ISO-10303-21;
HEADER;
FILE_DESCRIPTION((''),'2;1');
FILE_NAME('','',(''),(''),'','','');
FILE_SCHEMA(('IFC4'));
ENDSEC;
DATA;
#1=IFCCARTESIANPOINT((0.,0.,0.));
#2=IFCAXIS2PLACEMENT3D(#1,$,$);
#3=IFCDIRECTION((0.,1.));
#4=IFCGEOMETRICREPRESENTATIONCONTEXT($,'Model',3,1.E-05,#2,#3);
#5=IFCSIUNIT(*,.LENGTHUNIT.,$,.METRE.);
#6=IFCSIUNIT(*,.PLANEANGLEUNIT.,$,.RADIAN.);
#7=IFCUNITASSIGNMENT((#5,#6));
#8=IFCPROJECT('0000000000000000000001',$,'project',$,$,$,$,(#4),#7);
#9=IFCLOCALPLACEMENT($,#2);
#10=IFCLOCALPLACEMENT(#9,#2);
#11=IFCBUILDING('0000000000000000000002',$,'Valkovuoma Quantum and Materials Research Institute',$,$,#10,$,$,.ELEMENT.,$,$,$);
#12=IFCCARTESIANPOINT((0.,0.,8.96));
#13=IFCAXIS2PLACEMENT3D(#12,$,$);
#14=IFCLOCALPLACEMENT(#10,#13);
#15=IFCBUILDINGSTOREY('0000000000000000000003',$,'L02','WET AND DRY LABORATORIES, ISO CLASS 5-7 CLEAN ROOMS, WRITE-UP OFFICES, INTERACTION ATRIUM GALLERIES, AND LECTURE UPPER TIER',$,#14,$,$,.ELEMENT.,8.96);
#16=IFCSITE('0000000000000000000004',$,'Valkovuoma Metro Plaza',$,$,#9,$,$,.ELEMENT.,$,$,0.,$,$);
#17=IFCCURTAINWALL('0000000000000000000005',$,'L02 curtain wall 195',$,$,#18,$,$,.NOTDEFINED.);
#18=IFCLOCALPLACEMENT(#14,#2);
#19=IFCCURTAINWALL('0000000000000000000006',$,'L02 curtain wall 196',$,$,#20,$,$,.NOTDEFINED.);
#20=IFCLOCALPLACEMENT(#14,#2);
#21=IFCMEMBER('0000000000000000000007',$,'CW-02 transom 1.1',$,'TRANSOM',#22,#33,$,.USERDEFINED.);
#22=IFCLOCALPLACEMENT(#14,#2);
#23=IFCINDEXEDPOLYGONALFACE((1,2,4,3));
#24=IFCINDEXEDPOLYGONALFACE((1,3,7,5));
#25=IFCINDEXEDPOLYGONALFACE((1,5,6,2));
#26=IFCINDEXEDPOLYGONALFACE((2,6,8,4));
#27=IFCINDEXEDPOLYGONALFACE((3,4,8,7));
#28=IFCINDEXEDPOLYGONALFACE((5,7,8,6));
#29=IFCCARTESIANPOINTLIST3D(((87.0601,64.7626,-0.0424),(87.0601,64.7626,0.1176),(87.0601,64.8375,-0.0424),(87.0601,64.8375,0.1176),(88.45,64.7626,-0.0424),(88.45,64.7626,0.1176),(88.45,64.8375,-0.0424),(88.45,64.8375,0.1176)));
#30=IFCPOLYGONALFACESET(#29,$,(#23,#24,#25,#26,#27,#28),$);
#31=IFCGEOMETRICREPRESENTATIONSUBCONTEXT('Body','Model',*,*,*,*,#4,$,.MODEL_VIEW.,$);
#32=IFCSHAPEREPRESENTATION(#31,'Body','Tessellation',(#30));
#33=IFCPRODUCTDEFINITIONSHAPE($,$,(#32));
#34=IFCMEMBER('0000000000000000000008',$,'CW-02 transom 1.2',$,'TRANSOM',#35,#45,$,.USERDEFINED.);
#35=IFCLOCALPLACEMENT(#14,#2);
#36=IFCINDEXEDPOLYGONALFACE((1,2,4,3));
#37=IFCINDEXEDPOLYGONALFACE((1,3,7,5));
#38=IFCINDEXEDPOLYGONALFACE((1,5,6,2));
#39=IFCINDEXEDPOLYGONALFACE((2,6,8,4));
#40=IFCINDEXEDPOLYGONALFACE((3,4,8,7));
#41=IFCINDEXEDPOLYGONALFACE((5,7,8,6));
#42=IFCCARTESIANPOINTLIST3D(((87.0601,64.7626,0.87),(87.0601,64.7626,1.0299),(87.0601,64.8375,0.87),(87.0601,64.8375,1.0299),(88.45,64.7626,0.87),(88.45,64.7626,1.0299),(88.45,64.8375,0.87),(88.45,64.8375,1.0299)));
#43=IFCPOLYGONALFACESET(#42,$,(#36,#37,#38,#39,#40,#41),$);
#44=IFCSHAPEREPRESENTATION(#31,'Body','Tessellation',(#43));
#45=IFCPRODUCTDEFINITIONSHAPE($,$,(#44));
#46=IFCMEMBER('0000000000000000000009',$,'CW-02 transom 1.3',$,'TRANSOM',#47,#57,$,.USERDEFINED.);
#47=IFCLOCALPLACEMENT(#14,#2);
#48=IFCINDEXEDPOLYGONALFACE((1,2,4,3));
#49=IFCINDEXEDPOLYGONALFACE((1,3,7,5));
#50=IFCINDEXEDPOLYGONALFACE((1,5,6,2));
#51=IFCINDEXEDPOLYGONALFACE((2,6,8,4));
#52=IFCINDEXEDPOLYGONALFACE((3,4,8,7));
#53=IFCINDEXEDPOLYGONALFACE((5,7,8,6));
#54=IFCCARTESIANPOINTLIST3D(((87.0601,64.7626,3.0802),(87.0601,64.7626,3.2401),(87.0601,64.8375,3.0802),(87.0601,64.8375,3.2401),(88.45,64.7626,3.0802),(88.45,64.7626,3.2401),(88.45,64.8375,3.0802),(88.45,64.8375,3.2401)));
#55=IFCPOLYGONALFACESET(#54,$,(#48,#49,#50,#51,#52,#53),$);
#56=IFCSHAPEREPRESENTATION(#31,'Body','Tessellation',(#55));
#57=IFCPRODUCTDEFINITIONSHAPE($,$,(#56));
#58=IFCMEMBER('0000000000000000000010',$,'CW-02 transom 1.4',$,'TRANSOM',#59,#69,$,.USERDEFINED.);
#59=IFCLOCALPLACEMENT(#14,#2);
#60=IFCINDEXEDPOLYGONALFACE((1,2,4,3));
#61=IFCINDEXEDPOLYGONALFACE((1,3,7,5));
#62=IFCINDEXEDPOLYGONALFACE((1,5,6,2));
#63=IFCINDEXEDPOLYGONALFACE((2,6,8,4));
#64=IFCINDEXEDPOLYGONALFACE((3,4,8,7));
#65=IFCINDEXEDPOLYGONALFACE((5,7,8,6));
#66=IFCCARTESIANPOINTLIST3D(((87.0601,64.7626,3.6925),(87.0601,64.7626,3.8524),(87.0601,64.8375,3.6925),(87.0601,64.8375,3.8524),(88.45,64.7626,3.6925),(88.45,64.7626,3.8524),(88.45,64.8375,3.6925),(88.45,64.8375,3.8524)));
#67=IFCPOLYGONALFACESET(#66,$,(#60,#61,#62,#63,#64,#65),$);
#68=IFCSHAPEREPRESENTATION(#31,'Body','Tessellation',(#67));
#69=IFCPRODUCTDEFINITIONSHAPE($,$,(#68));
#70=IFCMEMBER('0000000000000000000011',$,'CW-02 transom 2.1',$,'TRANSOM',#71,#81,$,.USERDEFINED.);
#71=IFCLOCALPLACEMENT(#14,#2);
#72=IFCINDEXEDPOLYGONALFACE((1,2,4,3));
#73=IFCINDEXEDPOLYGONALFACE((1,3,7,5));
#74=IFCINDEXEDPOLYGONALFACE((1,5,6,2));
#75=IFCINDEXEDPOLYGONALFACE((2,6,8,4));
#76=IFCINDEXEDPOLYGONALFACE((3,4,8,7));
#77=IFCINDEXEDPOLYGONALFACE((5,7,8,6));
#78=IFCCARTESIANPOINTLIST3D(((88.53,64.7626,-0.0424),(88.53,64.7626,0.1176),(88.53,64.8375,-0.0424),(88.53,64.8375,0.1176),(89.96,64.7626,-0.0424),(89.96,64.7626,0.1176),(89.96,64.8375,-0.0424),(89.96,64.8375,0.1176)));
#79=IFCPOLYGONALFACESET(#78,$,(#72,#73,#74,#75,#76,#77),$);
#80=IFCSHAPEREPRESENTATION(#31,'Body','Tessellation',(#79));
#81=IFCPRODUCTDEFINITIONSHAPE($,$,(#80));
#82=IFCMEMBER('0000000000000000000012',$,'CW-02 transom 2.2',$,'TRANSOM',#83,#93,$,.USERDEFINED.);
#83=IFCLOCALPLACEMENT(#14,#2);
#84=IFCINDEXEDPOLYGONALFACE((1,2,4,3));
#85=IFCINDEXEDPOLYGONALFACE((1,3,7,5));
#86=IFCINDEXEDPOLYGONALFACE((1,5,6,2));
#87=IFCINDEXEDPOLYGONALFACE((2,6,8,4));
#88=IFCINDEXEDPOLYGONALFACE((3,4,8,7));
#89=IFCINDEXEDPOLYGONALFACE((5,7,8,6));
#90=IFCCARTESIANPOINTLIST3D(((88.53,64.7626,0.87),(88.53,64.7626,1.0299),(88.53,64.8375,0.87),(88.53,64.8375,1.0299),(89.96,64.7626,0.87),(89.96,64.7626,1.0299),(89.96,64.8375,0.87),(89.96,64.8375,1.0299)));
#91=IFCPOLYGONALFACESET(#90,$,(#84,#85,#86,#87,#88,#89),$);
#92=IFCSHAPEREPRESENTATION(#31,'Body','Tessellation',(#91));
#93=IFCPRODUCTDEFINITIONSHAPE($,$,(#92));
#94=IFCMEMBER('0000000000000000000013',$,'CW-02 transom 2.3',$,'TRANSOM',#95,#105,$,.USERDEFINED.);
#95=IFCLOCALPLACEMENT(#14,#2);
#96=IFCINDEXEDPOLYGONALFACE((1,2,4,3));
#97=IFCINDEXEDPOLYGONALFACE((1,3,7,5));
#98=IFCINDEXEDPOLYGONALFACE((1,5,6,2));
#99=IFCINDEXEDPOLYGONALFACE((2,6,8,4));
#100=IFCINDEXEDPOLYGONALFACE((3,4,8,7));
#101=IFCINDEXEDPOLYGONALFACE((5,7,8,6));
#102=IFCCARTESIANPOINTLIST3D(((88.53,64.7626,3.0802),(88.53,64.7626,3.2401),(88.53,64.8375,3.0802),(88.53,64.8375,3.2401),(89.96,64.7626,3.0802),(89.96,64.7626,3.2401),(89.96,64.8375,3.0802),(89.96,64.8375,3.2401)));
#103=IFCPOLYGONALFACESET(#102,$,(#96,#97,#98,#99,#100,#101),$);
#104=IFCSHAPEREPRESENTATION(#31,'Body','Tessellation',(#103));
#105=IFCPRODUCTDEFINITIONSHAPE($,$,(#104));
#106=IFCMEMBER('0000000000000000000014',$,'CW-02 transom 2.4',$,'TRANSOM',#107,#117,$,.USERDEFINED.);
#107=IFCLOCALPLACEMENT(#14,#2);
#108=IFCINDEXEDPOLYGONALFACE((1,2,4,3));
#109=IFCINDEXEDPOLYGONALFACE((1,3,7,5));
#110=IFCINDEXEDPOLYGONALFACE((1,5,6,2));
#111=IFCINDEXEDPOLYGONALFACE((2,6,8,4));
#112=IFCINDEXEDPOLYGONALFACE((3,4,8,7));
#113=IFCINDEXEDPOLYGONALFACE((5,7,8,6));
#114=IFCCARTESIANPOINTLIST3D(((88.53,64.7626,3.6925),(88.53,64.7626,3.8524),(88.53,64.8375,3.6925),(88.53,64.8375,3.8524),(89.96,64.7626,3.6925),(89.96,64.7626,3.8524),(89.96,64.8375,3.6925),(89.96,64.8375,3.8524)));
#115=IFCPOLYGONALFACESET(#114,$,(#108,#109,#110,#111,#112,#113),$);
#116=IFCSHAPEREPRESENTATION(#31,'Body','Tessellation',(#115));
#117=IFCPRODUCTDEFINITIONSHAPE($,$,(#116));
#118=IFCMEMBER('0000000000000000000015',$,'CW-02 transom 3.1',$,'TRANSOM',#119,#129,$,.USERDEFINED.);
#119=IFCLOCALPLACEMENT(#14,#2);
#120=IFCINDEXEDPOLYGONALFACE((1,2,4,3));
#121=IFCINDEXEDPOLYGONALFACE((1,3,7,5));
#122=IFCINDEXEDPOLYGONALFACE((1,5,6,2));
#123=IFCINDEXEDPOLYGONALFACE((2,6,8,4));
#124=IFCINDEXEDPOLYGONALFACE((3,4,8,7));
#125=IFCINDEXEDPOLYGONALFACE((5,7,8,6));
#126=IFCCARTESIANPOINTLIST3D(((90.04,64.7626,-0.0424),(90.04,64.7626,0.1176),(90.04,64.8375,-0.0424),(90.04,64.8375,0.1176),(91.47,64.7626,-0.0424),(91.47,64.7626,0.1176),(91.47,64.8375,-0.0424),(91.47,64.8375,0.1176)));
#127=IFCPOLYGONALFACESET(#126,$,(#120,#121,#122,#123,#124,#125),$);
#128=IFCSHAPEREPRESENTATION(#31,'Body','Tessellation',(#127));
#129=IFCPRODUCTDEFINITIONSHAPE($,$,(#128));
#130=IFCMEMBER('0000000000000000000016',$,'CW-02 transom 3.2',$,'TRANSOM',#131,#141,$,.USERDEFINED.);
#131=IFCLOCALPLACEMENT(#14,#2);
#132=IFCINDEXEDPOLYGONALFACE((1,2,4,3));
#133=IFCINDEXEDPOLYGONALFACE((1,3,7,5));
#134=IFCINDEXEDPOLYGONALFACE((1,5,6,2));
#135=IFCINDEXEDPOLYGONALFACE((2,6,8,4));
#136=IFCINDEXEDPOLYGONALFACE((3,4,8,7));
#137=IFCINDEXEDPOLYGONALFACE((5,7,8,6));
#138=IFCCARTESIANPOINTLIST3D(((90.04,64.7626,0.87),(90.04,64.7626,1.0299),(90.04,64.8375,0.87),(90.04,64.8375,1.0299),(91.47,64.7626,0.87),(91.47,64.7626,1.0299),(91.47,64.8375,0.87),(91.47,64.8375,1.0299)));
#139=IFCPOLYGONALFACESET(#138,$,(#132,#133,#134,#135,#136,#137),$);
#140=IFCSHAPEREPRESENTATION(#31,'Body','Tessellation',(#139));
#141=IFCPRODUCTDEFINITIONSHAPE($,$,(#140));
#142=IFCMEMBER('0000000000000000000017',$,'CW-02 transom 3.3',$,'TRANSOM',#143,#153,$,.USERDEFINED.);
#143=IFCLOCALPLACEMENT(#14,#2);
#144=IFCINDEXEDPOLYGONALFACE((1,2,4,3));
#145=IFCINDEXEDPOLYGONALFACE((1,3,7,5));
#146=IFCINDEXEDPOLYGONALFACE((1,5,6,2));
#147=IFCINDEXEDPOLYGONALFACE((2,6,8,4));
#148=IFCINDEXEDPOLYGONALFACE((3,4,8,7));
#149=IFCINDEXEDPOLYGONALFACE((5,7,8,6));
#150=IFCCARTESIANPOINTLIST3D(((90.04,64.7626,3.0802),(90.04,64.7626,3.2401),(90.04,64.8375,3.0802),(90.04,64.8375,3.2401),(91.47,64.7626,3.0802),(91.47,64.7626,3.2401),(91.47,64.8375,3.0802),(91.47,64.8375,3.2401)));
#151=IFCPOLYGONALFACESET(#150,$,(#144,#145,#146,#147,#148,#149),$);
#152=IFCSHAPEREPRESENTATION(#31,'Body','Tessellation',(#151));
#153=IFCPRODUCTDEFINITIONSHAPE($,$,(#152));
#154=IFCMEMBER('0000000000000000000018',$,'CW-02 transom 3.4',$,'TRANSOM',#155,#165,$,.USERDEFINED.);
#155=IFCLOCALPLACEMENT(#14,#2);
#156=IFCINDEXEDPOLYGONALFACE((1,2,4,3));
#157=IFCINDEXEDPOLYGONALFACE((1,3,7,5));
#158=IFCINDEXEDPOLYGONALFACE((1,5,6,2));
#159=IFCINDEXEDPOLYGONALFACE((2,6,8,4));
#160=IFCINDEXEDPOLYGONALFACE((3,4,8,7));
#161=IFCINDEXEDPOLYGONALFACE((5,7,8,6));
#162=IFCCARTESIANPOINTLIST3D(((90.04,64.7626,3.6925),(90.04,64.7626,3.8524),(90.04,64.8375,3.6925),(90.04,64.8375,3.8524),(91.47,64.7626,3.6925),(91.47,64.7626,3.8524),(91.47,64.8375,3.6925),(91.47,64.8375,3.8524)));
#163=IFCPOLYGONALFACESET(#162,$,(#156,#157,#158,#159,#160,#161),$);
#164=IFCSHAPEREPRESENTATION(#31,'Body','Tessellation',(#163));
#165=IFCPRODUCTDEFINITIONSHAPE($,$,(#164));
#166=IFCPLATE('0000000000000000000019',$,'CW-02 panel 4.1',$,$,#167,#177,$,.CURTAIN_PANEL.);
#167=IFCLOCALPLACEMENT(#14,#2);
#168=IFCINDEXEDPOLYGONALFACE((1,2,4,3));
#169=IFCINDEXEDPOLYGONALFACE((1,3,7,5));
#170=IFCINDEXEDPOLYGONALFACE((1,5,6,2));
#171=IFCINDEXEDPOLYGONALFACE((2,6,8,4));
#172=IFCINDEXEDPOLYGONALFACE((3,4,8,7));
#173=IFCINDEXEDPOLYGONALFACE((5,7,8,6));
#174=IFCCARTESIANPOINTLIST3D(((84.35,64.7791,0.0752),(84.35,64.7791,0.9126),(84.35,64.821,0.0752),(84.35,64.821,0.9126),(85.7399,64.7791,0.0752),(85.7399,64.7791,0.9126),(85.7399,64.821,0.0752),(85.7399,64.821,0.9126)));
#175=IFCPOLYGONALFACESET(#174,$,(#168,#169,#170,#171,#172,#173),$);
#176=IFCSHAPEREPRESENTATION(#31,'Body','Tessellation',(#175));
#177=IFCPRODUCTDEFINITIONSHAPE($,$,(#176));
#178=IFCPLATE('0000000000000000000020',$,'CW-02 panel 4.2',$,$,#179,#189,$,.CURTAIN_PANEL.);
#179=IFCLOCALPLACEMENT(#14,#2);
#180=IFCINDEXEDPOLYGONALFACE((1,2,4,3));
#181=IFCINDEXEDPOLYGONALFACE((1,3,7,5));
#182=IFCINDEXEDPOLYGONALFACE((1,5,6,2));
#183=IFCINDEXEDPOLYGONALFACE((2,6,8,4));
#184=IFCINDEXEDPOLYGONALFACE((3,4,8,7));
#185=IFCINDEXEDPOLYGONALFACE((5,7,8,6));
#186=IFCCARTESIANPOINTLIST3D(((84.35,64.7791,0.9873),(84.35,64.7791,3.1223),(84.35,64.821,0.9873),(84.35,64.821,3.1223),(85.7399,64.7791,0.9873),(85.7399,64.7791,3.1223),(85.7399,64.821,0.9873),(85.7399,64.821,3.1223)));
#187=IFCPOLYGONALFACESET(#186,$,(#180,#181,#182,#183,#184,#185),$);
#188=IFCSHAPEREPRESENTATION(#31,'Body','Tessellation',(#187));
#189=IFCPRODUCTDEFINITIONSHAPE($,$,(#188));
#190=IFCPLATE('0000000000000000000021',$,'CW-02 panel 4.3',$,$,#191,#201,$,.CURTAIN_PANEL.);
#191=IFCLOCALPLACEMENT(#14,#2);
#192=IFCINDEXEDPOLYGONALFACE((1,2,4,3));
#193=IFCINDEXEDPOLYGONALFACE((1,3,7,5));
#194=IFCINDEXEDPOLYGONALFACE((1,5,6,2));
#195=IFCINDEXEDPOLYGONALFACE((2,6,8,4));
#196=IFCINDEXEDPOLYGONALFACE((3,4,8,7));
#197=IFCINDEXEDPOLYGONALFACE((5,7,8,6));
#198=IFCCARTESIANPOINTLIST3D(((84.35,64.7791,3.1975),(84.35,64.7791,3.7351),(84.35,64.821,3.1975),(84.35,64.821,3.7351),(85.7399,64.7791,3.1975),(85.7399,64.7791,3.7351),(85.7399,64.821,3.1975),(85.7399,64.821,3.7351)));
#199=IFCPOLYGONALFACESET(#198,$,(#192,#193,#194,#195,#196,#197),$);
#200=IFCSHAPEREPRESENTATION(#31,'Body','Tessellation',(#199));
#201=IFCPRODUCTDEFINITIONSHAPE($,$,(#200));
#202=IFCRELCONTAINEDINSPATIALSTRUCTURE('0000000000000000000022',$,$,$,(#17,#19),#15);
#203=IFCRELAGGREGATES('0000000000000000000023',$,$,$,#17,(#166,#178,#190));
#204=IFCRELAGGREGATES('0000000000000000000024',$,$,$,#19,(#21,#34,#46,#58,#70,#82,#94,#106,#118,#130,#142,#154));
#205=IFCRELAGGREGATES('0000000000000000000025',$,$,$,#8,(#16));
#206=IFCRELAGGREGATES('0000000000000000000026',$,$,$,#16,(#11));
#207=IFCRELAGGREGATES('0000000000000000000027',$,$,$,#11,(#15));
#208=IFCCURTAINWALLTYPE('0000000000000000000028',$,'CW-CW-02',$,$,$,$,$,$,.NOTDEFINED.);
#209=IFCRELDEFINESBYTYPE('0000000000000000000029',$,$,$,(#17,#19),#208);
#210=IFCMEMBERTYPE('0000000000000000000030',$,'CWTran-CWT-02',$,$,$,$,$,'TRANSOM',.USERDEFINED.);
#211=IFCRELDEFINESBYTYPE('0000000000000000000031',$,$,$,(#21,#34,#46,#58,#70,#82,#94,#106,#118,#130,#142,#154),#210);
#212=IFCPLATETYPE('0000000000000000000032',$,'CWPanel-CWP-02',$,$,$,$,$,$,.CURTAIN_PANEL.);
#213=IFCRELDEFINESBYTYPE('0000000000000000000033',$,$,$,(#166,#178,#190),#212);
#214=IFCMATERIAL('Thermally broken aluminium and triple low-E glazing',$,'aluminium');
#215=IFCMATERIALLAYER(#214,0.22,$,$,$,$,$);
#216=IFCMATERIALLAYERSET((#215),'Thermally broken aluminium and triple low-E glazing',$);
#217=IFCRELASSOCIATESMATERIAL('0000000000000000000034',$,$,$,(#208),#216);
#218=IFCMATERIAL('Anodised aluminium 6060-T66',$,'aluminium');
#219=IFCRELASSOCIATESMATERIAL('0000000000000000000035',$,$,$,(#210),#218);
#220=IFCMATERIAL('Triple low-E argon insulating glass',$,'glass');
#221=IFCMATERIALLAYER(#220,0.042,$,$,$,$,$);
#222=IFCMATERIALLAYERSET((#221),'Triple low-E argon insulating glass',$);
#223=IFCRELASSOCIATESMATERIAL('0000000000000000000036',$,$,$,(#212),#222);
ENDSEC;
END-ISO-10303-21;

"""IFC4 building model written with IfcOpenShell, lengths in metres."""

from ifc_helpers import new_model, si_unit, direction, frame, origin, origin_2d, place, context, subcontext, project, spatial, rectangle, extrude, material, layer, layer_set, material_profile, profile_set, type_object, element, aggregate, save


model = new_model("IFC4")

# Units and contexts
model_context = context("Model", 3, precision=1e-05, world=origin(), true_north=direction((0.0, 1.0)))
body_context = subcontext(model_context, "Body", "Model", "MODEL_VIEW")
ifc_project = project(units=[si_unit("LENGTHUNIT", "METRE"), si_unit("PLANEANGLEUNIT", "RADIAN")], contexts=[model_context])

# Site, building, storey
site_placement = place(None, origin())
site = spatial("IfcSite", under=ifc_project, at=site_placement, Name="Valkovuoma Metro Plaza", CompositionType="ELEMENT", RefElevation=0.0)
building_placement = place(site_placement, origin())
building = spatial("IfcBuilding", under=site, at=building_placement, Name="Valkovuoma Quantum and Materials Research Institute", CompositionType="ELEMENT")
storey_placement = place(building_placement, frame((0.0, 0.0, 8.96)))
storey = spatial("IfcBuildingStorey", under=building, at=storey_placement, Name="L02", Description="WET AND DRY LABORATORIES, ISO CLASS 5-7 CLEAN ROOMS, WRITE-UP OFFICES, INTERACTION ATRIUM GALLERIES, AND LECTURE UPPER TIER", CompositionType="ELEMENT", Elevation=8.96)

# Curtain wall
ifc_material_1 = material(Name="Thermally broken aluminium and triple low-E glazing", Category="aluminium")
ifc_layer_1 = layer(ifc_material_1, 0.22)
ifc_layer_set_1 = layer_set([ifc_layer_1], Name="Thermally broken aluminium and triple low-E glazing")
curtain_wall_type = type_object("IfcCurtainWallType", Name="CW-CW-02", PredefinedType="NOTDEFINED", material=ifc_layer_set_1)
curtain_wall_1_placement = place(storey_placement, origin())
curtain_wall_1 = element("IfcCurtainWall", 1, at=curtain_wall_1_placement, inside=storey, type_object=curtain_wall_type, Name="L02 curtain wall 195", PredefinedType="NOTDEFINED")

# Curtain wall
curtain_wall_2_placement = place(storey_placement, origin())
curtain_wall_2 = element("IfcCurtainWall", 2, at=curtain_wall_2_placement, inside=storey, type_object=curtain_wall_type, Name="L02 curtain wall 196", PredefinedType="NOTDEFINED")

# Members
ifc_material_2 = material(Name="Anodised aluminium 6060-T66", Category="aluminium")
ifc_material_profile_1 = material_profile(ifc_material_2, rectangle(XDim=0.075, YDim=0.1599, at=origin_2d()), Name="Anodised aluminium 6060-T66")
ifc_profile_set_1 = profile_set([ifc_material_profile_1], Name="Anodised aluminium 6060-T66")
member_type_1 = type_object("IfcMemberType", Name="CWTran-CWT-02", ElementType="TRANSOM", PredefinedType="USERDEFINED", material=ifc_profile_set_1)
member_1_placement = place(storey_placement, frame((87.0601, 64.8, 0.0376), z_axis=(1.0, 0.0, 0.0), x_axis=(0.0, 1.0, 0.0)))
member_1 = element("IfcMember", 3, at=member_1_placement, type_object=member_type_1, Name="CW-02 transom 1.1", ObjectType="TRANSOM", PredefinedType="USERDEFINED", context=body_context, shape_type="SweptSolid", body=[
    extrude(rectangle(XDim=0.075, YDim=0.1599, at=origin_2d()), origin(), (0.0, 0.0, 1.0), 1.3899),
])
member_2_placement = place(storey_placement, frame((87.0601, 64.8, 0.95), z_axis=(1.0, 0.0, 0.0), x_axis=(0.0, 1.0, 0.0)))
member_2 = element("IfcMember", 4, at=member_2_placement, type_object=member_type_1, Name="CW-02 transom 1.2", ObjectType="TRANSOM", PredefinedType="USERDEFINED", context=body_context, shape_type="SweptSolid", body=[
    extrude(rectangle(XDim=0.075, YDim=0.1599, at=origin_2d()), origin(), (0.0, 0.0, 1.0), 1.3899),
])
member_3_placement = place(storey_placement, frame((87.0601, 64.8, 3.1602), z_axis=(1.0, 0.0, 0.0), x_axis=(0.0, 1.0, 0.0)))
member_3 = element("IfcMember", 5, at=member_3_placement, type_object=member_type_1, Name="CW-02 transom 1.3", ObjectType="TRANSOM", PredefinedType="USERDEFINED", context=body_context, shape_type="SweptSolid", body=[
    extrude(rectangle(XDim=0.075, YDim=0.1599, at=origin_2d()), origin(), (0.0, 0.0, 1.0), 1.3899),
])
member_4_placement = place(storey_placement, frame((87.0601, 64.8, 3.7725), z_axis=(1.0, 0.0, 0.0), x_axis=(0.0, 1.0, 0.0)))
member_4 = element("IfcMember", 6, at=member_4_placement, type_object=member_type_1, Name="CW-02 transom 1.4", ObjectType="TRANSOM", PredefinedType="USERDEFINED", context=body_context, shape_type="SweptSolid", body=[
    extrude(rectangle(XDim=0.075, YDim=0.1599, at=origin_2d()), origin(), (0.0, 0.0, 1.0), 1.3899),
])
member_5_placement = place(storey_placement, frame((88.53, 64.8, 0.0376), z_axis=(1.0, 0.0, 0.0), x_axis=(0.0, 1.0, 0.0)))
member_5 = element("IfcMember", 7, at=member_5_placement, type_object=member_type_1, Name="CW-02 transom 2.1", ObjectType="TRANSOM", PredefinedType="USERDEFINED", context=body_context, shape_type="SweptSolid", body=[
    extrude(rectangle(XDim=0.075, YDim=0.1599, at=origin_2d()), origin(), (0.0, 0.0, 1.0), 1.4299),
])
member_6_placement = place(storey_placement, frame((88.53, 64.8, 0.95), z_axis=(1.0, 0.0, 0.0), x_axis=(0.0, 1.0, 0.0)))
member_6 = element("IfcMember", 8, at=member_6_placement, type_object=member_type_1, Name="CW-02 transom 2.2", ObjectType="TRANSOM", PredefinedType="USERDEFINED", context=body_context, shape_type="SweptSolid", body=[
    extrude(rectangle(XDim=0.075, YDim=0.1599, at=origin_2d()), origin(), (0.0, 0.0, 1.0), 1.4299),
])
member_7_placement = place(storey_placement, frame((88.53, 64.8, 3.1602), z_axis=(1.0, 0.0, 0.0), x_axis=(0.0, 1.0, 0.0)))
member_7 = element("IfcMember", 9, at=member_7_placement, type_object=member_type_1, Name="CW-02 transom 2.3", ObjectType="TRANSOM", PredefinedType="USERDEFINED", context=body_context, shape_type="SweptSolid", body=[
    extrude(rectangle(XDim=0.075, YDim=0.1599, at=origin_2d()), origin(), (0.0, 0.0, 1.0), 1.4299),
])
member_8_placement = place(storey_placement, frame((88.53, 64.8, 3.7725), z_axis=(1.0, 0.0, 0.0), x_axis=(0.0, 1.0, 0.0)))
member_8 = element("IfcMember", 10, at=member_8_placement, type_object=member_type_1, Name="CW-02 transom 2.4", ObjectType="TRANSOM", PredefinedType="USERDEFINED", context=body_context, shape_type="SweptSolid", body=[
    extrude(rectangle(XDim=0.075, YDim=0.1599, at=origin_2d()), origin(), (0.0, 0.0, 1.0), 1.4299),
])
member_9_placement = place(storey_placement, frame((90.04, 64.8, 0.0376), z_axis=(1.0, 0.0, 0.0), x_axis=(0.0, 1.0, 0.0)))
member_9 = element("IfcMember", 11, at=member_9_placement, type_object=member_type_1, Name="CW-02 transom 3.1", ObjectType="TRANSOM", PredefinedType="USERDEFINED", context=body_context, shape_type="SweptSolid", body=[
    extrude(rectangle(XDim=0.075, YDim=0.1599, at=origin_2d()), origin(), (0.0, 0.0, 1.0), 1.4299),
])
member_10_placement = place(storey_placement, frame((90.04, 64.8, 0.95), z_axis=(1.0, 0.0, 0.0), x_axis=(0.0, 1.0, 0.0)))
member_10 = element("IfcMember", 12, at=member_10_placement, type_object=member_type_1, Name="CW-02 transom 3.2", ObjectType="TRANSOM", PredefinedType="USERDEFINED", context=body_context, shape_type="SweptSolid", body=[
    extrude(rectangle(XDim=0.075, YDim=0.1599, at=origin_2d()), origin(), (0.0, 0.0, 1.0), 1.4299),
])
member_11_placement = place(storey_placement, frame((90.04, 64.8, 3.1602), z_axis=(1.0, 0.0, 0.0), x_axis=(0.0, 1.0, 0.0)))
member_11 = element("IfcMember", 13, at=member_11_placement, type_object=member_type_1, Name="CW-02 transom 3.3", ObjectType="TRANSOM", PredefinedType="USERDEFINED", context=body_context, shape_type="SweptSolid", body=[
    extrude(rectangle(XDim=0.075, YDim=0.1599, at=origin_2d()), origin(), (0.0, 0.0, 1.0), 1.4299),
])
member_12_placement = place(storey_placement, frame((90.04, 64.8, 3.7725), z_axis=(1.0, 0.0, 0.0), x_axis=(0.0, 1.0, 0.0)))
member_12 = element("IfcMember", 14, at=member_12_placement, type_object=member_type_1, Name="CW-02 transom 3.4", ObjectType="TRANSOM", PredefinedType="USERDEFINED", context=body_context, shape_type="SweptSolid", body=[
    extrude(rectangle(XDim=0.075, YDim=0.1599, at=origin_2d()), origin(), (0.0, 0.0, 1.0), 1.4299),
])

# Plates
ifc_material_3 = material(Name="Triple low-E argon insulating glass", Category="glass")
ifc_layer_2 = layer(ifc_material_3, 0.042)
ifc_layer_set_2 = layer_set([ifc_layer_2], Name="Triple low-E argon insulating glass")
plate_type = type_object("IfcPlateType", Name="CWPanel-CWP-02", PredefinedType="CURTAIN_PANEL", material=ifc_layer_set_2)
plate_1_placement = place(storey_placement, frame((85.0449, 64.8, 0.0752), z_axis=(0.0, 0.0, 1.0), x_axis=(1.0, 0.0, 0.0)))
plate_1 = element("IfcPlate", 15, at=plate_1_placement, type_object=plate_type, Name="CW-02 panel 4.1", PredefinedType="CURTAIN_PANEL", context=body_context, shape_type="SweptSolid", body=[
    extrude(rectangle(XDim=1.3899, YDim=0.042, at=origin_2d()), origin(), (0.0, 0.0, 1.0), 0.8374),
])
plate_2_placement = place(storey_placement, frame((85.0449, 64.8, 0.9873), z_axis=(0.0, 0.0, 1.0), x_axis=(1.0, 0.0, 0.0)))
plate_2 = element("IfcPlate", 16, at=plate_2_placement, type_object=plate_type, Name="CW-02 panel 4.2", PredefinedType="CURTAIN_PANEL", context=body_context, shape_type="SweptSolid", body=[
    extrude(rectangle(XDim=1.3899, YDim=0.042, at=origin_2d()), origin(), (0.0, 0.0, 1.0), 2.135),
])
plate_3_placement = place(storey_placement, frame((85.0449, 64.8, 3.1975), z_axis=(0.0, 0.0, 1.0), x_axis=(1.0, 0.0, 0.0)))
plate_3 = element("IfcPlate", 17, at=plate_3_placement, type_object=plate_type, Name="CW-02 panel 4.3", PredefinedType="CURTAIN_PANEL", context=body_context, shape_type="SweptSolid", body=[
    extrude(rectangle(XDim=1.3899, YDim=0.042, at=origin_2d()), origin(), (0.0, 0.0, 1.0), 0.5376),
])
aggregate(curtain_wall_1, [plate_1, plate_2, plate_3])
aggregate(curtain_wall_2, [member_1, member_2, member_3, member_4, member_5, member_6, member_7, member_8, member_9, member_10, member_11, member_12])

save(model, "model.ifc")
